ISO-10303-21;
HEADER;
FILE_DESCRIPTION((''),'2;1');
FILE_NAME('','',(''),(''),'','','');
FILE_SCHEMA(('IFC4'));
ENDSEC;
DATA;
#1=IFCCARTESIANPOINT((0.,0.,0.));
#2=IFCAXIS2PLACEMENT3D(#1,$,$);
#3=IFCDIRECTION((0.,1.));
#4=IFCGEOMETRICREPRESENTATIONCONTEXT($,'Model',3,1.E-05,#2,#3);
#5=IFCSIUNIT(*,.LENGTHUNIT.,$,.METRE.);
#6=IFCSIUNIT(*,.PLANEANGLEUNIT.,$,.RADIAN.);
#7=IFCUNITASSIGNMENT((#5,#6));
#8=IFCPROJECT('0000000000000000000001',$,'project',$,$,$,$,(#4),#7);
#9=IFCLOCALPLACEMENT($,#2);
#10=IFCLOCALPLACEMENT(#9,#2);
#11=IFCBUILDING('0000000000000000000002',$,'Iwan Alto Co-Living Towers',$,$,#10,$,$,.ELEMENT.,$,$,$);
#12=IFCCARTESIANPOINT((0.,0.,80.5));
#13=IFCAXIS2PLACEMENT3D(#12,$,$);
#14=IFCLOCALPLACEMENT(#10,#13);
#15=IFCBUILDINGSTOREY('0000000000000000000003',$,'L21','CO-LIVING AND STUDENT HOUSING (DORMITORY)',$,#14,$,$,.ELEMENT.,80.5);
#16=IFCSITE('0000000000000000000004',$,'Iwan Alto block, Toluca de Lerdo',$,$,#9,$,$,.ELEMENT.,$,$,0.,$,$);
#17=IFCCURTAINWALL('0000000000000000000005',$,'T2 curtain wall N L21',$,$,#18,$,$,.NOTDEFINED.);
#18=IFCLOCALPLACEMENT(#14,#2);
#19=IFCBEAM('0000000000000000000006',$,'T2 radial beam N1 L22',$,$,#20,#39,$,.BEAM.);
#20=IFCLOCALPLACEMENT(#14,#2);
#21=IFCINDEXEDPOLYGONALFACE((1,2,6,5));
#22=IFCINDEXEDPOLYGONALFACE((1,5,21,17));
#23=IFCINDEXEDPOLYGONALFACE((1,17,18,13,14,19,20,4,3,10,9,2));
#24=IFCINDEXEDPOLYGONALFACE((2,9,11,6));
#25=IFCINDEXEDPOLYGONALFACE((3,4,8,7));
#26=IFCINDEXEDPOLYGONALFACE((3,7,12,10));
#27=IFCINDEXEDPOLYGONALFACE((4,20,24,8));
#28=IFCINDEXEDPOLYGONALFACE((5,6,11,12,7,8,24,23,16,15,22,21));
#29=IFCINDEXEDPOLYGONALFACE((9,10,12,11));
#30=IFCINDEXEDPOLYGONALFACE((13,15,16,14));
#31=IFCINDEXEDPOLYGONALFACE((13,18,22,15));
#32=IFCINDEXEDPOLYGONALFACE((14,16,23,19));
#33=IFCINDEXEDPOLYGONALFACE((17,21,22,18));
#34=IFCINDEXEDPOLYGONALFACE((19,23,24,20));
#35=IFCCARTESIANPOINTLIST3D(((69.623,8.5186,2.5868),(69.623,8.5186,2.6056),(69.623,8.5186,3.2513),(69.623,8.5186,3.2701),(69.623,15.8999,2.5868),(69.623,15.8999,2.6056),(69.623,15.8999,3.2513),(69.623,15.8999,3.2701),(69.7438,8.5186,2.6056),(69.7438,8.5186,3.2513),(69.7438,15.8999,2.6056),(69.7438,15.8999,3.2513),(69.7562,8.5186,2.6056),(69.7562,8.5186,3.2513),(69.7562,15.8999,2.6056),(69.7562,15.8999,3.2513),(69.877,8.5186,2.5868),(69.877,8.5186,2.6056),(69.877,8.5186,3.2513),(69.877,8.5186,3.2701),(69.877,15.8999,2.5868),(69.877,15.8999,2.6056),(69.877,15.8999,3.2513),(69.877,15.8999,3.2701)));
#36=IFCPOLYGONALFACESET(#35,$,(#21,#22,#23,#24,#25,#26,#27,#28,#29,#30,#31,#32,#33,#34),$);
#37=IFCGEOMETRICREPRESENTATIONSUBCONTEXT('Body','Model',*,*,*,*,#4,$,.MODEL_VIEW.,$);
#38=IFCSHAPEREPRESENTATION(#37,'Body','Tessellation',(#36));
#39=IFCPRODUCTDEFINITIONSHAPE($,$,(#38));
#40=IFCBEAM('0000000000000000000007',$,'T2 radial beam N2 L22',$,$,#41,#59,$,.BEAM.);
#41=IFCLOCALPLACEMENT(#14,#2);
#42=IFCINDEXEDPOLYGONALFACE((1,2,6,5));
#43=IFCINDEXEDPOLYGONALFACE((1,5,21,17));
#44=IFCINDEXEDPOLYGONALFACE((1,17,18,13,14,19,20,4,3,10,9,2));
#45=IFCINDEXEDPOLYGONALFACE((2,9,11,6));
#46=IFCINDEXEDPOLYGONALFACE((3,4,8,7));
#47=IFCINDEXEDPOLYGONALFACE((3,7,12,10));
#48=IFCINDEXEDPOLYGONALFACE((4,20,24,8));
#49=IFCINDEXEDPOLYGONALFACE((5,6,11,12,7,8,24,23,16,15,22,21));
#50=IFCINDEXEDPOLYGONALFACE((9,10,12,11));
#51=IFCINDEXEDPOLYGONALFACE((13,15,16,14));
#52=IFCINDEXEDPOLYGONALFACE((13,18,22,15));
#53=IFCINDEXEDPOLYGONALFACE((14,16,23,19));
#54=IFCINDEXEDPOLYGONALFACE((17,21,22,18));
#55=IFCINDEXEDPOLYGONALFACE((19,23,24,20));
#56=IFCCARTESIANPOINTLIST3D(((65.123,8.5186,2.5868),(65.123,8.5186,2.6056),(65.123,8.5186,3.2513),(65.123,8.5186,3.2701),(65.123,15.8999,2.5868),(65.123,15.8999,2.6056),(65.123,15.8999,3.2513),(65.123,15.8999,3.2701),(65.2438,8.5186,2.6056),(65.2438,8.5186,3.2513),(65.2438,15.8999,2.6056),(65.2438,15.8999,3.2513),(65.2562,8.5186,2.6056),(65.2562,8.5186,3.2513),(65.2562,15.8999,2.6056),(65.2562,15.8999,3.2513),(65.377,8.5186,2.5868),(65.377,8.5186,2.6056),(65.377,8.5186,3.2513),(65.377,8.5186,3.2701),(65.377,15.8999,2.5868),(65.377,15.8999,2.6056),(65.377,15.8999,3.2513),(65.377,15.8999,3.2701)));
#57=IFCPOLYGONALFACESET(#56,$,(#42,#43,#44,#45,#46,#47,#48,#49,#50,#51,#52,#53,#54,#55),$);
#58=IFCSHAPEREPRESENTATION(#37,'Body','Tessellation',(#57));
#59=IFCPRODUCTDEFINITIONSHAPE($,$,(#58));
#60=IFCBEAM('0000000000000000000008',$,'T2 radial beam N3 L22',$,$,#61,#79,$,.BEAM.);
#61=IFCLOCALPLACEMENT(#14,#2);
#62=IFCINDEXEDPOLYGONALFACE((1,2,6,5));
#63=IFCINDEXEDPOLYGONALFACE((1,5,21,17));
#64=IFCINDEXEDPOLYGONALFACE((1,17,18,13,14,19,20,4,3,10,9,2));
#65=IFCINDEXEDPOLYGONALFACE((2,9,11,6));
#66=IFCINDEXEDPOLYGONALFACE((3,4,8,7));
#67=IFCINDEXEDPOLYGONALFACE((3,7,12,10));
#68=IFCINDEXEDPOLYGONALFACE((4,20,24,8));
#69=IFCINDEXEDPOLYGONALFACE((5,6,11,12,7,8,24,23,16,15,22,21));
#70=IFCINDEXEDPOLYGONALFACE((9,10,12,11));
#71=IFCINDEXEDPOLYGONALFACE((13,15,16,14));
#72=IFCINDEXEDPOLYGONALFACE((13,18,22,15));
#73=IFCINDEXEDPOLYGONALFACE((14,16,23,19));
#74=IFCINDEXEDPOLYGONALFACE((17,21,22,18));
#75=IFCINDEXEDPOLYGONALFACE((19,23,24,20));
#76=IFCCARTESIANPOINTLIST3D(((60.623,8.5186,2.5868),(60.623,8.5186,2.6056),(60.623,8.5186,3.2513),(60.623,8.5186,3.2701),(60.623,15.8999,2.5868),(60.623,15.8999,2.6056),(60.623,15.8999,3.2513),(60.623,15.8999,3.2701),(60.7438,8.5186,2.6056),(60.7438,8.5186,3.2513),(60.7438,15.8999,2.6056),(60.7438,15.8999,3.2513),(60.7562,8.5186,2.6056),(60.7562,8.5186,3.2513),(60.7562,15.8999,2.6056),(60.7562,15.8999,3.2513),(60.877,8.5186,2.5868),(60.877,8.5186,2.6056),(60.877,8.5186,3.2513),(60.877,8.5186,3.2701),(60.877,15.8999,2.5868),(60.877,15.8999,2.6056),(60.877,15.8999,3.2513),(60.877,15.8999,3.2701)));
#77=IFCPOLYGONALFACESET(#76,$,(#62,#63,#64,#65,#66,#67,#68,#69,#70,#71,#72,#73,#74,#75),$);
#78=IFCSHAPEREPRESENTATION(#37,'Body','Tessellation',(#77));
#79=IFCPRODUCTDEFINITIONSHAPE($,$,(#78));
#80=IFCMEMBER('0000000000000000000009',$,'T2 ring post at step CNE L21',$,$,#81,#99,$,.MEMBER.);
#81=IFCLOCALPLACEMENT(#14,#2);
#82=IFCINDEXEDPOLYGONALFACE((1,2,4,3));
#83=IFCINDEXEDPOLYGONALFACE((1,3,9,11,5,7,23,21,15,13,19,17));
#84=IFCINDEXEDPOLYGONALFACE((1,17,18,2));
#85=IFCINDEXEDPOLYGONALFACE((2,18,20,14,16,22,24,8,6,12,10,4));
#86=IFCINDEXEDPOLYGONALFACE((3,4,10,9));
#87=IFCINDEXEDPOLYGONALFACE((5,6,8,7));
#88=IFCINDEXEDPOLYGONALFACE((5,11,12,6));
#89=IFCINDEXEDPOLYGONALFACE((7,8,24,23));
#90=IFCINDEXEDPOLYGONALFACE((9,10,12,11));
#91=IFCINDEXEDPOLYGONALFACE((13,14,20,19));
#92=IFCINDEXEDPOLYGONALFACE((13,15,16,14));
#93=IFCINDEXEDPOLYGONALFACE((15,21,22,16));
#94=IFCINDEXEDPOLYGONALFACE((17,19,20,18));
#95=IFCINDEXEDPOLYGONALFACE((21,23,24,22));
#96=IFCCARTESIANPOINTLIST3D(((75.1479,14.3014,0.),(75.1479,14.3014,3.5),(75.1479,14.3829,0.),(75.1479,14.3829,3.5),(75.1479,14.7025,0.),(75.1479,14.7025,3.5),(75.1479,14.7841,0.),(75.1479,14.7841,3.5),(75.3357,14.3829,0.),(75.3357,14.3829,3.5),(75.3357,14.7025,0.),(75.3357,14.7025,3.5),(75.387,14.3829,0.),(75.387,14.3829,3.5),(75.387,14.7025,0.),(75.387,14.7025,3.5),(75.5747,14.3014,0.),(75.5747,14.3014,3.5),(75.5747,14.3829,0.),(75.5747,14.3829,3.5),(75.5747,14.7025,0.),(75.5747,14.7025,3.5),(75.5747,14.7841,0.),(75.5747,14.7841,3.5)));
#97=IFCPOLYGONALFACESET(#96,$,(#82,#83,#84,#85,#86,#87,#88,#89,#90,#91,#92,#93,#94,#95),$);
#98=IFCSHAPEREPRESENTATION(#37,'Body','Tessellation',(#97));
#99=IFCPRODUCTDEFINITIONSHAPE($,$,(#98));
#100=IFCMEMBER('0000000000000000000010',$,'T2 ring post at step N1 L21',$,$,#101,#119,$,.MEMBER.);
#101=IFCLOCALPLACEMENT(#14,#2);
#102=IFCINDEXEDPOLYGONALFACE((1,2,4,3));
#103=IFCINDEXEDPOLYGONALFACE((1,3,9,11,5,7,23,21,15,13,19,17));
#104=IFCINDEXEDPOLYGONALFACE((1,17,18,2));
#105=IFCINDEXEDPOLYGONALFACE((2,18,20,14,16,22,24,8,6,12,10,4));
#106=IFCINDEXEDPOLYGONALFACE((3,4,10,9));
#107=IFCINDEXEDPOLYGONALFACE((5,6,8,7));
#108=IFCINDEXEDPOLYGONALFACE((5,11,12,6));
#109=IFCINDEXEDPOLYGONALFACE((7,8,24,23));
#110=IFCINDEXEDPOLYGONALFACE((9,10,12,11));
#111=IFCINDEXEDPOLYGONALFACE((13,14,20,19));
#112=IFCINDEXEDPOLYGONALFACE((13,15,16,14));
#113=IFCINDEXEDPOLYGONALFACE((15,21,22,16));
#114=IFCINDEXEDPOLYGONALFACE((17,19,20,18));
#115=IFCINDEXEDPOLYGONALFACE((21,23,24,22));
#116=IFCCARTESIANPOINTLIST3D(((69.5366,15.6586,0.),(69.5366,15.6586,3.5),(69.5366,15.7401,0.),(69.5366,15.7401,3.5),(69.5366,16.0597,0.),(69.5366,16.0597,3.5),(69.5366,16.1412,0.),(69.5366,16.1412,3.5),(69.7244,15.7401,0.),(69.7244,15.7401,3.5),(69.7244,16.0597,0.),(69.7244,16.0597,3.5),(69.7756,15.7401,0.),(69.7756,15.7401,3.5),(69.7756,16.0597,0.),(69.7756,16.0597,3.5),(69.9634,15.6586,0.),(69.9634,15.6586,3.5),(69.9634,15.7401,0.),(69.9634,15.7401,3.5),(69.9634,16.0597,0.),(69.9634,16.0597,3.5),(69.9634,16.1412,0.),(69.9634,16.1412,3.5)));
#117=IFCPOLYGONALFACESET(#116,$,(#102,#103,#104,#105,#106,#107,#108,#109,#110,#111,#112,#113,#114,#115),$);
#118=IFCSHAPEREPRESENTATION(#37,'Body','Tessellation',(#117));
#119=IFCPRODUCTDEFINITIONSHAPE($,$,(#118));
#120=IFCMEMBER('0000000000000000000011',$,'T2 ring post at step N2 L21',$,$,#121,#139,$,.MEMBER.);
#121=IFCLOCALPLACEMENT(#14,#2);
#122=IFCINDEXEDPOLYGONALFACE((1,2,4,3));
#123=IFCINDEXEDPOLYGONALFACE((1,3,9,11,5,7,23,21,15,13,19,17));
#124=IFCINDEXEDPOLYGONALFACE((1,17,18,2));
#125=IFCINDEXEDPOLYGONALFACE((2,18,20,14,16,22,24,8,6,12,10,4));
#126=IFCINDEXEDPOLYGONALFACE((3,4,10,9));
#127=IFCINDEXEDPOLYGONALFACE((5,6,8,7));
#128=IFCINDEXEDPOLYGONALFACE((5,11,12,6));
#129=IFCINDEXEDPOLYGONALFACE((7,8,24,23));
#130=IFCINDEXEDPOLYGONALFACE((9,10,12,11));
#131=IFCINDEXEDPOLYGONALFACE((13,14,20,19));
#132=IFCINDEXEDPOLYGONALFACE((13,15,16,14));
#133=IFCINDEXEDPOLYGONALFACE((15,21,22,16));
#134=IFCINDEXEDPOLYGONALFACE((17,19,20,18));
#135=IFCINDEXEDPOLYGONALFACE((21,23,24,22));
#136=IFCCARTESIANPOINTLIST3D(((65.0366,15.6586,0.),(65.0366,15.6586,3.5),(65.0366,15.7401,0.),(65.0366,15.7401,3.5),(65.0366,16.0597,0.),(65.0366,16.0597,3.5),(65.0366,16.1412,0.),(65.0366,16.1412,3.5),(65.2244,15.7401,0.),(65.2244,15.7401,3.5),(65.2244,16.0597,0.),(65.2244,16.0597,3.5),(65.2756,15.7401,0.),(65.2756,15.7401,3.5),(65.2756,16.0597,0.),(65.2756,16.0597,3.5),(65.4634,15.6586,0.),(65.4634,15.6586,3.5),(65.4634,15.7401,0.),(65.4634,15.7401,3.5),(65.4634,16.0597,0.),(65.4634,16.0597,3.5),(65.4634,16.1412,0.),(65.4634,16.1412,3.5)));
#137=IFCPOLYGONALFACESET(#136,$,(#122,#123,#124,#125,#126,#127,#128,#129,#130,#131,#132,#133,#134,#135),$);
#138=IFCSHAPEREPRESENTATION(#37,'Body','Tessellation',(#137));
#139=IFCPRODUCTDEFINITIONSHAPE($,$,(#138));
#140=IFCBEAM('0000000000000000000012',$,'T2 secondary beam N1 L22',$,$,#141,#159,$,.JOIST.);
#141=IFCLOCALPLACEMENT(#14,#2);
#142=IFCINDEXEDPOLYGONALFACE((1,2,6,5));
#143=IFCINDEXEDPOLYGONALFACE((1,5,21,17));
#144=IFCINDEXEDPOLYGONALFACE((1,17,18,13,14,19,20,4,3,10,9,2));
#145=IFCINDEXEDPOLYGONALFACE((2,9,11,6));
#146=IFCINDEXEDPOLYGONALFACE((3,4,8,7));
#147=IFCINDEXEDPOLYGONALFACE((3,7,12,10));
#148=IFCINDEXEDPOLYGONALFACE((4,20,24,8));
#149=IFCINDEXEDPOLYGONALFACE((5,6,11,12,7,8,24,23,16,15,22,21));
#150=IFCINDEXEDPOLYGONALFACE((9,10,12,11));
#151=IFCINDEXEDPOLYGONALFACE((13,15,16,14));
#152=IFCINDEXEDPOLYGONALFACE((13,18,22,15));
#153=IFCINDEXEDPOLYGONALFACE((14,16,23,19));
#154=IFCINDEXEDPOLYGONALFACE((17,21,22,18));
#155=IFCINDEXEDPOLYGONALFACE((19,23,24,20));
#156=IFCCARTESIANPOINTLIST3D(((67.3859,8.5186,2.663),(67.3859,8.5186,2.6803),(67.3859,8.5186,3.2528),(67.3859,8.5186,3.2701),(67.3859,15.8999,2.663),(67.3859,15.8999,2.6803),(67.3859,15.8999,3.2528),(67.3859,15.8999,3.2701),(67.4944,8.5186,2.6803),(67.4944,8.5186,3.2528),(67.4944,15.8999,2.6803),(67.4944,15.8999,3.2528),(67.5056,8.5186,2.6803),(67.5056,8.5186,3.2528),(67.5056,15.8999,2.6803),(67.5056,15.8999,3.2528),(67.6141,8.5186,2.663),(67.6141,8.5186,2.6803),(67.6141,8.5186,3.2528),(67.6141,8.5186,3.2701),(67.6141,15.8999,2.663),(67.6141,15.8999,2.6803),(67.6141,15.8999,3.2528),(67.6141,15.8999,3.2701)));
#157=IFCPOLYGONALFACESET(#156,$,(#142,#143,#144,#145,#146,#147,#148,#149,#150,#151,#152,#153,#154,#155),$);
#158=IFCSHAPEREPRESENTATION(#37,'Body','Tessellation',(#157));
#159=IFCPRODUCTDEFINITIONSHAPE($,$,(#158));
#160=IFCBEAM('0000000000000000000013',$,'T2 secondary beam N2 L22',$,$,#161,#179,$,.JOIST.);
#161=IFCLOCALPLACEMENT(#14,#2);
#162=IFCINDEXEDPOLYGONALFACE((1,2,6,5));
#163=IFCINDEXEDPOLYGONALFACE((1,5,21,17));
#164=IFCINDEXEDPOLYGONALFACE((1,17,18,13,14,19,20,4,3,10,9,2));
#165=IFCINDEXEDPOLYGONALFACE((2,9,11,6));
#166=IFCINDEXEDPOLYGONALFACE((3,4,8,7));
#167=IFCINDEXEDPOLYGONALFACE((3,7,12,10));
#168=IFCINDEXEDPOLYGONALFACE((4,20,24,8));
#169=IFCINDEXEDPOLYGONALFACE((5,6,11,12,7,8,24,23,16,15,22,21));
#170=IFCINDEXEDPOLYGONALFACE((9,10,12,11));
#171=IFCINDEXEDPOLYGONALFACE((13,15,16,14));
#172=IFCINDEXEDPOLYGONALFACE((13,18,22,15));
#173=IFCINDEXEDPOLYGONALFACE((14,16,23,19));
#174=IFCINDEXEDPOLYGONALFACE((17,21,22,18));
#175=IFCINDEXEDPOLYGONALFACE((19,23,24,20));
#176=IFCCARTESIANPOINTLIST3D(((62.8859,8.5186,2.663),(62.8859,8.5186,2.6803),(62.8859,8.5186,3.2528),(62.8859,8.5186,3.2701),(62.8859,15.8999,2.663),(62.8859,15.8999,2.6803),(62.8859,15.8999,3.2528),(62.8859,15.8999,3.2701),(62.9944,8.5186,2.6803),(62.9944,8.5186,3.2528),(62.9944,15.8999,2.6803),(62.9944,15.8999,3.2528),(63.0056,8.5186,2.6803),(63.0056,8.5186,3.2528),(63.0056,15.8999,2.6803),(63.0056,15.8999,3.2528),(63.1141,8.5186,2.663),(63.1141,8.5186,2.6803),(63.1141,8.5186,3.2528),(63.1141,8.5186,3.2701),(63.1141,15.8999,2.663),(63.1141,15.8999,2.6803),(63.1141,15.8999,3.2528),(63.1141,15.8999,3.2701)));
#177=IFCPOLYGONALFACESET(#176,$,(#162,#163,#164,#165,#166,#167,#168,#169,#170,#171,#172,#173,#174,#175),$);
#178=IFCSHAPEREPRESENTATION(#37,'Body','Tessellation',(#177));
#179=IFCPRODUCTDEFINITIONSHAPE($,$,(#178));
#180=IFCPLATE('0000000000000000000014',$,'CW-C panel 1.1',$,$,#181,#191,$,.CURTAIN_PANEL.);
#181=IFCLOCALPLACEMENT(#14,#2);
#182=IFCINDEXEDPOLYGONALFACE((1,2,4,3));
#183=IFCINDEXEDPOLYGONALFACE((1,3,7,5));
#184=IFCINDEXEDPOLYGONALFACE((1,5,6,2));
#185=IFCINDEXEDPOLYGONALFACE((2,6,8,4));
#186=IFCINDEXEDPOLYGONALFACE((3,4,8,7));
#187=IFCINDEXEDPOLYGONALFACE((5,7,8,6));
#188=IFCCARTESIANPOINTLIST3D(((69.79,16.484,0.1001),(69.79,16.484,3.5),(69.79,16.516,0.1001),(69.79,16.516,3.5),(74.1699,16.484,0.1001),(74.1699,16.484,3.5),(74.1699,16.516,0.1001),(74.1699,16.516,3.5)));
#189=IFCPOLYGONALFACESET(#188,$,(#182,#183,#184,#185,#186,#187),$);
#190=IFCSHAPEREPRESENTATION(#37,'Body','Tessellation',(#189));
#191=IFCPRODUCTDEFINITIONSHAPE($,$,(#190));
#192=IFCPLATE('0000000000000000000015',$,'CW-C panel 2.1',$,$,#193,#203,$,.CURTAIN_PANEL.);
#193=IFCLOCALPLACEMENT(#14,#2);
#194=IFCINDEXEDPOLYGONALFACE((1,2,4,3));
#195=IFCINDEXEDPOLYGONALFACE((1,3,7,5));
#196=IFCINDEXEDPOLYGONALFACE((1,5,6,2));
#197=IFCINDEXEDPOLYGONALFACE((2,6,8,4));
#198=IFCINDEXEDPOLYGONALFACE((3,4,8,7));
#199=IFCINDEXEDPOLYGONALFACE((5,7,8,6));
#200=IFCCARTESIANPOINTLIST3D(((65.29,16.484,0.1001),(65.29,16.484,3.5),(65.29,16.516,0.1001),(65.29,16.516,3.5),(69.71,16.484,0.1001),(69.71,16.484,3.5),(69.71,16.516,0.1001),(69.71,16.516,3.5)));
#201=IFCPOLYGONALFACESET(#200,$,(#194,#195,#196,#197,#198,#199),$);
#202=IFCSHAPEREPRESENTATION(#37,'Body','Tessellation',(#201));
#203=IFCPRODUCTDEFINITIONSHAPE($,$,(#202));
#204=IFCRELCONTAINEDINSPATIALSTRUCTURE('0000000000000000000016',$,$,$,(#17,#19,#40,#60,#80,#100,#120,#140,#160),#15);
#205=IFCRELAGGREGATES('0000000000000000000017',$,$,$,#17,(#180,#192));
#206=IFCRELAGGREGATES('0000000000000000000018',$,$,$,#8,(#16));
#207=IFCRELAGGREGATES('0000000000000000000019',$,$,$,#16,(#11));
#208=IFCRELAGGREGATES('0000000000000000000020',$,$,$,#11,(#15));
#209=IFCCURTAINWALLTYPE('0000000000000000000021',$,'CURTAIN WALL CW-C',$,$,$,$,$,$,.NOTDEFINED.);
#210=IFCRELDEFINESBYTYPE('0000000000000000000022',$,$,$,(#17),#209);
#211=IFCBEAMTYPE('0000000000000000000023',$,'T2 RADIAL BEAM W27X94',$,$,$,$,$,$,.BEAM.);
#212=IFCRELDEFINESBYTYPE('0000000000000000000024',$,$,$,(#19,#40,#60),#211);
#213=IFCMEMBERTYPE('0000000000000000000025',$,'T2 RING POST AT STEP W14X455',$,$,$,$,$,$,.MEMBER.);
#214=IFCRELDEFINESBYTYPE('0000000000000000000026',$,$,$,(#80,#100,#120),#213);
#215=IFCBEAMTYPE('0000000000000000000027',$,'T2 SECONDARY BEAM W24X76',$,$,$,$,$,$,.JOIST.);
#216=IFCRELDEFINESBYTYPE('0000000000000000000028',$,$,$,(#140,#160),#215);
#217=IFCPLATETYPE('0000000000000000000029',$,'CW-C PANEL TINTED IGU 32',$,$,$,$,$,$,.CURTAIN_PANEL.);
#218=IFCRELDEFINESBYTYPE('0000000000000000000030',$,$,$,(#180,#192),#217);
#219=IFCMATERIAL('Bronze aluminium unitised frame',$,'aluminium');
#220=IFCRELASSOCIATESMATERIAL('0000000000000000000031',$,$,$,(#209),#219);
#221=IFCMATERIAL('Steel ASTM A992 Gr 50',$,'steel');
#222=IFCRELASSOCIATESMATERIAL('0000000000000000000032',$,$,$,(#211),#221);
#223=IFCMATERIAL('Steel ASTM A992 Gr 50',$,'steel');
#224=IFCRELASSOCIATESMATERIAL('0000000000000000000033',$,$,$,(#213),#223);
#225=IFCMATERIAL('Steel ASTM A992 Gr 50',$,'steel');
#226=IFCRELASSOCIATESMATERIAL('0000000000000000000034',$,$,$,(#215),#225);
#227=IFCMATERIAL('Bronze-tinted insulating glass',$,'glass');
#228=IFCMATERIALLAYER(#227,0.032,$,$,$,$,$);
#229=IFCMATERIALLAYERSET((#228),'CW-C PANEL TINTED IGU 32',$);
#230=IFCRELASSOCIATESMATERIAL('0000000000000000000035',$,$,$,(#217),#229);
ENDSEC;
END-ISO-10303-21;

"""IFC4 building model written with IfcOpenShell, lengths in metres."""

from ifc_helpers import new_model, si_unit, direction, frame, origin, origin_2d, place, context, subcontext, project, spatial, rectangle, i_section, extrude, material, layer, layer_set, material_profile, profile_set, type_object, element, aggregate, save


model = new_model("IFC4")

# Units and contexts
model_context = context("Model", 3, precision=1e-05, world=origin(), true_north=direction((0.0, 1.0)))
body_context = subcontext(model_context, "Body", "Model", "MODEL_VIEW")
ifc_project = project(units=[si_unit("LENGTHUNIT", "METRE"), si_unit("PLANEANGLEUNIT", "RADIAN")], contexts=[model_context])

# Site, building, storey
site_placement = place(None, origin())
site = spatial("IfcSite", under=ifc_project, at=site_placement, Name="Iwan Alto block, Toluca de Lerdo", CompositionType="ELEMENT", RefElevation=0.0)
building_placement = place(site_placement, origin())
building = spatial("IfcBuilding", under=site, at=building_placement, Name="Iwan Alto Co-Living Towers", CompositionType="ELEMENT")
storey_placement = place(building_placement, frame((0.0, 0.0, 80.5)))
storey = spatial("IfcBuildingStorey", under=building, at=storey_placement, Name="L21", Description="CO-LIVING AND STUDENT HOUSING (DORMITORY)", CompositionType="ELEMENT", Elevation=80.5)

# Shared definitions
ifc_material_1 = material(Name="Bronze aluminium unitised frame", Category="aluminium")
curtain_wall_type_1 = type_object("IfcCurtainWallType", Name="CURTAIN WALL CW-C", PredefinedType="NOTDEFINED", material=ifc_material_1)

# Curtain wall
curtain_wall_1_placement = place(storey_placement, origin())
curtain_wall_1 = element("IfcCurtainWall", 1, at=curtain_wall_1_placement, inside=storey, type_object=curtain_wall_type_1, Name="T2 curtain wall N L21", PredefinedType="NOTDEFINED")

# Beams
ifc_material_2 = material(Name="Steel ASTM A992 Gr 50", Category="steel")
ifc_material_profile_1 = material_profile(ifc_material_2, i_section(OverallWidth=0.2539, OverallDepth=0.6833, WebThickness=0.0125, FlangeThickness=0.0188, at=origin_2d()), Name="W27X94")
ifc_profile_set_1 = profile_set([ifc_material_profile_1], Name="Steel ASTM A992 Gr 50")
beam_type_1 = type_object("IfcBeamType", Name="T2 RADIAL BEAM W27X94", PredefinedType="BEAM", material=ifc_profile_set_1)
for number, where, z_axis, x_axis, name in (
    (2, (69.75, 15.8999, 2.9285), (0.0, -1.0, 0.0), (1.0, 0.0, 0.0), "T2 radial beam N1 L22"),
    (3, (65.25, 15.8999, 2.9285), (0.0, -1.0, 0.0), (1.0, 0.0, 0.0), "T2 radial beam N2 L22"),
    (4, (60.75, 15.8999, 2.9285), (0.0, -1.0, 0.0), (1.0, 0.0, 0.0), "T2 radial beam N3 L22"),
):
    element("IfcBeam", number, at=place(storey_placement, frame(where, z_axis=z_axis, x_axis=x_axis)), inside=storey, type_object=beam_type_1, Name=name, PredefinedType="BEAM", context=body_context, shape_type="SweptSolid", body=[
        extrude(i_section(OverallWidth=0.2539, OverallDepth=0.6833, WebThickness=0.0125, FlangeThickness=0.0188, at=origin_2d()), origin(), (0.0, 0.0, 1.0), 7.3813),
    ])

# Members
ifc_material_3 = material(Name="Steel ASTM A992 Gr 50", Category="steel")
ifc_material_profile_2 = material_profile(ifc_material_3, i_section(OverallWidth=0.4268, OverallDepth=0.4827, WebThickness=0.0513, FlangeThickness=0.0815, at=origin_2d()), Name="W14X455")
ifc_profile_set_2 = profile_set([ifc_material_profile_2], Name="Steel ASTM A992 Gr 50")
member_type_1 = type_object("IfcMemberType", Name="T2 RING POST AT STEP W14X455", PredefinedType="MEMBER", material=ifc_profile_set_2)
for number, where, z_axis, x_axis, name in (
    (5, (75.3613, 14.5427, 0.0), (0.0, 0.0, 1.0), (1.0, 0.0, 0.0), "T2 ring post at step CNE L21"),
    (6, (69.75, 15.8999, 0.0), (0.0, 0.0, 1.0), (1.0, 0.0, 0.0), "T2 ring post at step N1 L21"),
    (7, (65.25, 15.8999, 0.0), (0.0, 0.0, 1.0), (1.0, 0.0, 0.0), "T2 ring post at step N2 L21"),
):
    element("IfcMember", number, at=place(storey_placement, frame(where, z_axis=z_axis, x_axis=x_axis)), inside=storey, type_object=member_type_1, Name=name, PredefinedType="MEMBER", context=body_context, shape_type="SweptSolid", body=[
        extrude(i_section(OverallWidth=0.4268, OverallDepth=0.4827, WebThickness=0.0513, FlangeThickness=0.0815, at=origin_2d()), origin(), (0.0, 0.0, 1.0), 3.5),
    ])

# Beams
ifc_material_4 = material(Name="Steel ASTM A992 Gr 50", Category="steel")
ifc_material_profile_3 = material_profile(ifc_material_4, i_section(OverallWidth=0.2283, OverallDepth=0.6072, WebThickness=0.0112, FlangeThickness=0.0173, at=origin_2d()), Name="W24X76")
ifc_profile_set_3 = profile_set([ifc_material_profile_3], Name="Steel ASTM A992 Gr 50")
beam_type_2 = type_object("IfcBeamType", Name="T2 SECONDARY BEAM W24X76", PredefinedType="JOIST", material=ifc_profile_set_3)
for number, where, z_axis, x_axis, name in (
    (8, (67.5, 15.8999, 2.9666), (0.0, -1.0, 0.0), (1.0, 0.0, 0.0), "T2 secondary beam N1 L22"),
    (9, (63.0, 15.8999, 2.9666), (0.0, -1.0, 0.0), (1.0, 0.0, 0.0), "T2 secondary beam N2 L22"),
):
    element("IfcBeam", number, at=place(storey_placement, frame(where, z_axis=z_axis, x_axis=x_axis)), inside=storey, type_object=beam_type_2, Name=name, PredefinedType="JOIST", context=body_context, shape_type="SweptSolid", body=[
        extrude(i_section(OverallWidth=0.2283, OverallDepth=0.6072, WebThickness=0.0112, FlangeThickness=0.0173, at=origin_2d()), origin(), (0.0, 0.0, 1.0), 7.3813),
    ])

# Plates
ifc_material_5 = material(Name="Bronze-tinted insulating glass", Category="glass")
ifc_layer_1 = layer(ifc_material_5, 0.032)
ifc_layer_set_1 = layer_set([ifc_layer_1], Name="CW-C PANEL TINTED IGU 32")
plate_type_1 = type_object("IfcPlateType", Name="CW-C PANEL TINTED IGU 32", PredefinedType="CURTAIN_PANEL", material=ifc_layer_set_1)
plate_1_placement = place(storey_placement, frame((71.98, 16.5, 0.1001), z_axis=(0.0, 0.0, 1.0), x_axis=(-1.0, 0.0, 0.0)))
plate_1 = element("IfcPlate", 10, at=plate_1_placement, type_object=plate_type_1, Name="CW-C panel 1.1", PredefinedType="CURTAIN_PANEL", context=body_context, shape_type="SweptSolid", body=[
    extrude(rectangle(XDim=4.3799, YDim=0.032, at=origin_2d()), origin(), (0.0, 0.0, 1.0), 3.3999),
])
plate_2_placement = place(storey_placement, frame((67.5, 16.5, 0.1001), z_axis=(0.0, 0.0, 1.0), x_axis=(-1.0, 0.0, 0.0)))
plate_2 = element("IfcPlate", 11, at=plate_2_placement, type_object=plate_type_1, Name="CW-C panel 2.1", PredefinedType="CURTAIN_PANEL", context=body_context, shape_type="SweptSolid", body=[
    extrude(rectangle(XDim=4.4199, YDim=0.032, at=origin_2d()), origin(), (0.0, 0.0, 1.0), 3.3999),
])
aggregate(curtain_wall_1, [plate_1, plate_2])

save(model, "model.ifc")
